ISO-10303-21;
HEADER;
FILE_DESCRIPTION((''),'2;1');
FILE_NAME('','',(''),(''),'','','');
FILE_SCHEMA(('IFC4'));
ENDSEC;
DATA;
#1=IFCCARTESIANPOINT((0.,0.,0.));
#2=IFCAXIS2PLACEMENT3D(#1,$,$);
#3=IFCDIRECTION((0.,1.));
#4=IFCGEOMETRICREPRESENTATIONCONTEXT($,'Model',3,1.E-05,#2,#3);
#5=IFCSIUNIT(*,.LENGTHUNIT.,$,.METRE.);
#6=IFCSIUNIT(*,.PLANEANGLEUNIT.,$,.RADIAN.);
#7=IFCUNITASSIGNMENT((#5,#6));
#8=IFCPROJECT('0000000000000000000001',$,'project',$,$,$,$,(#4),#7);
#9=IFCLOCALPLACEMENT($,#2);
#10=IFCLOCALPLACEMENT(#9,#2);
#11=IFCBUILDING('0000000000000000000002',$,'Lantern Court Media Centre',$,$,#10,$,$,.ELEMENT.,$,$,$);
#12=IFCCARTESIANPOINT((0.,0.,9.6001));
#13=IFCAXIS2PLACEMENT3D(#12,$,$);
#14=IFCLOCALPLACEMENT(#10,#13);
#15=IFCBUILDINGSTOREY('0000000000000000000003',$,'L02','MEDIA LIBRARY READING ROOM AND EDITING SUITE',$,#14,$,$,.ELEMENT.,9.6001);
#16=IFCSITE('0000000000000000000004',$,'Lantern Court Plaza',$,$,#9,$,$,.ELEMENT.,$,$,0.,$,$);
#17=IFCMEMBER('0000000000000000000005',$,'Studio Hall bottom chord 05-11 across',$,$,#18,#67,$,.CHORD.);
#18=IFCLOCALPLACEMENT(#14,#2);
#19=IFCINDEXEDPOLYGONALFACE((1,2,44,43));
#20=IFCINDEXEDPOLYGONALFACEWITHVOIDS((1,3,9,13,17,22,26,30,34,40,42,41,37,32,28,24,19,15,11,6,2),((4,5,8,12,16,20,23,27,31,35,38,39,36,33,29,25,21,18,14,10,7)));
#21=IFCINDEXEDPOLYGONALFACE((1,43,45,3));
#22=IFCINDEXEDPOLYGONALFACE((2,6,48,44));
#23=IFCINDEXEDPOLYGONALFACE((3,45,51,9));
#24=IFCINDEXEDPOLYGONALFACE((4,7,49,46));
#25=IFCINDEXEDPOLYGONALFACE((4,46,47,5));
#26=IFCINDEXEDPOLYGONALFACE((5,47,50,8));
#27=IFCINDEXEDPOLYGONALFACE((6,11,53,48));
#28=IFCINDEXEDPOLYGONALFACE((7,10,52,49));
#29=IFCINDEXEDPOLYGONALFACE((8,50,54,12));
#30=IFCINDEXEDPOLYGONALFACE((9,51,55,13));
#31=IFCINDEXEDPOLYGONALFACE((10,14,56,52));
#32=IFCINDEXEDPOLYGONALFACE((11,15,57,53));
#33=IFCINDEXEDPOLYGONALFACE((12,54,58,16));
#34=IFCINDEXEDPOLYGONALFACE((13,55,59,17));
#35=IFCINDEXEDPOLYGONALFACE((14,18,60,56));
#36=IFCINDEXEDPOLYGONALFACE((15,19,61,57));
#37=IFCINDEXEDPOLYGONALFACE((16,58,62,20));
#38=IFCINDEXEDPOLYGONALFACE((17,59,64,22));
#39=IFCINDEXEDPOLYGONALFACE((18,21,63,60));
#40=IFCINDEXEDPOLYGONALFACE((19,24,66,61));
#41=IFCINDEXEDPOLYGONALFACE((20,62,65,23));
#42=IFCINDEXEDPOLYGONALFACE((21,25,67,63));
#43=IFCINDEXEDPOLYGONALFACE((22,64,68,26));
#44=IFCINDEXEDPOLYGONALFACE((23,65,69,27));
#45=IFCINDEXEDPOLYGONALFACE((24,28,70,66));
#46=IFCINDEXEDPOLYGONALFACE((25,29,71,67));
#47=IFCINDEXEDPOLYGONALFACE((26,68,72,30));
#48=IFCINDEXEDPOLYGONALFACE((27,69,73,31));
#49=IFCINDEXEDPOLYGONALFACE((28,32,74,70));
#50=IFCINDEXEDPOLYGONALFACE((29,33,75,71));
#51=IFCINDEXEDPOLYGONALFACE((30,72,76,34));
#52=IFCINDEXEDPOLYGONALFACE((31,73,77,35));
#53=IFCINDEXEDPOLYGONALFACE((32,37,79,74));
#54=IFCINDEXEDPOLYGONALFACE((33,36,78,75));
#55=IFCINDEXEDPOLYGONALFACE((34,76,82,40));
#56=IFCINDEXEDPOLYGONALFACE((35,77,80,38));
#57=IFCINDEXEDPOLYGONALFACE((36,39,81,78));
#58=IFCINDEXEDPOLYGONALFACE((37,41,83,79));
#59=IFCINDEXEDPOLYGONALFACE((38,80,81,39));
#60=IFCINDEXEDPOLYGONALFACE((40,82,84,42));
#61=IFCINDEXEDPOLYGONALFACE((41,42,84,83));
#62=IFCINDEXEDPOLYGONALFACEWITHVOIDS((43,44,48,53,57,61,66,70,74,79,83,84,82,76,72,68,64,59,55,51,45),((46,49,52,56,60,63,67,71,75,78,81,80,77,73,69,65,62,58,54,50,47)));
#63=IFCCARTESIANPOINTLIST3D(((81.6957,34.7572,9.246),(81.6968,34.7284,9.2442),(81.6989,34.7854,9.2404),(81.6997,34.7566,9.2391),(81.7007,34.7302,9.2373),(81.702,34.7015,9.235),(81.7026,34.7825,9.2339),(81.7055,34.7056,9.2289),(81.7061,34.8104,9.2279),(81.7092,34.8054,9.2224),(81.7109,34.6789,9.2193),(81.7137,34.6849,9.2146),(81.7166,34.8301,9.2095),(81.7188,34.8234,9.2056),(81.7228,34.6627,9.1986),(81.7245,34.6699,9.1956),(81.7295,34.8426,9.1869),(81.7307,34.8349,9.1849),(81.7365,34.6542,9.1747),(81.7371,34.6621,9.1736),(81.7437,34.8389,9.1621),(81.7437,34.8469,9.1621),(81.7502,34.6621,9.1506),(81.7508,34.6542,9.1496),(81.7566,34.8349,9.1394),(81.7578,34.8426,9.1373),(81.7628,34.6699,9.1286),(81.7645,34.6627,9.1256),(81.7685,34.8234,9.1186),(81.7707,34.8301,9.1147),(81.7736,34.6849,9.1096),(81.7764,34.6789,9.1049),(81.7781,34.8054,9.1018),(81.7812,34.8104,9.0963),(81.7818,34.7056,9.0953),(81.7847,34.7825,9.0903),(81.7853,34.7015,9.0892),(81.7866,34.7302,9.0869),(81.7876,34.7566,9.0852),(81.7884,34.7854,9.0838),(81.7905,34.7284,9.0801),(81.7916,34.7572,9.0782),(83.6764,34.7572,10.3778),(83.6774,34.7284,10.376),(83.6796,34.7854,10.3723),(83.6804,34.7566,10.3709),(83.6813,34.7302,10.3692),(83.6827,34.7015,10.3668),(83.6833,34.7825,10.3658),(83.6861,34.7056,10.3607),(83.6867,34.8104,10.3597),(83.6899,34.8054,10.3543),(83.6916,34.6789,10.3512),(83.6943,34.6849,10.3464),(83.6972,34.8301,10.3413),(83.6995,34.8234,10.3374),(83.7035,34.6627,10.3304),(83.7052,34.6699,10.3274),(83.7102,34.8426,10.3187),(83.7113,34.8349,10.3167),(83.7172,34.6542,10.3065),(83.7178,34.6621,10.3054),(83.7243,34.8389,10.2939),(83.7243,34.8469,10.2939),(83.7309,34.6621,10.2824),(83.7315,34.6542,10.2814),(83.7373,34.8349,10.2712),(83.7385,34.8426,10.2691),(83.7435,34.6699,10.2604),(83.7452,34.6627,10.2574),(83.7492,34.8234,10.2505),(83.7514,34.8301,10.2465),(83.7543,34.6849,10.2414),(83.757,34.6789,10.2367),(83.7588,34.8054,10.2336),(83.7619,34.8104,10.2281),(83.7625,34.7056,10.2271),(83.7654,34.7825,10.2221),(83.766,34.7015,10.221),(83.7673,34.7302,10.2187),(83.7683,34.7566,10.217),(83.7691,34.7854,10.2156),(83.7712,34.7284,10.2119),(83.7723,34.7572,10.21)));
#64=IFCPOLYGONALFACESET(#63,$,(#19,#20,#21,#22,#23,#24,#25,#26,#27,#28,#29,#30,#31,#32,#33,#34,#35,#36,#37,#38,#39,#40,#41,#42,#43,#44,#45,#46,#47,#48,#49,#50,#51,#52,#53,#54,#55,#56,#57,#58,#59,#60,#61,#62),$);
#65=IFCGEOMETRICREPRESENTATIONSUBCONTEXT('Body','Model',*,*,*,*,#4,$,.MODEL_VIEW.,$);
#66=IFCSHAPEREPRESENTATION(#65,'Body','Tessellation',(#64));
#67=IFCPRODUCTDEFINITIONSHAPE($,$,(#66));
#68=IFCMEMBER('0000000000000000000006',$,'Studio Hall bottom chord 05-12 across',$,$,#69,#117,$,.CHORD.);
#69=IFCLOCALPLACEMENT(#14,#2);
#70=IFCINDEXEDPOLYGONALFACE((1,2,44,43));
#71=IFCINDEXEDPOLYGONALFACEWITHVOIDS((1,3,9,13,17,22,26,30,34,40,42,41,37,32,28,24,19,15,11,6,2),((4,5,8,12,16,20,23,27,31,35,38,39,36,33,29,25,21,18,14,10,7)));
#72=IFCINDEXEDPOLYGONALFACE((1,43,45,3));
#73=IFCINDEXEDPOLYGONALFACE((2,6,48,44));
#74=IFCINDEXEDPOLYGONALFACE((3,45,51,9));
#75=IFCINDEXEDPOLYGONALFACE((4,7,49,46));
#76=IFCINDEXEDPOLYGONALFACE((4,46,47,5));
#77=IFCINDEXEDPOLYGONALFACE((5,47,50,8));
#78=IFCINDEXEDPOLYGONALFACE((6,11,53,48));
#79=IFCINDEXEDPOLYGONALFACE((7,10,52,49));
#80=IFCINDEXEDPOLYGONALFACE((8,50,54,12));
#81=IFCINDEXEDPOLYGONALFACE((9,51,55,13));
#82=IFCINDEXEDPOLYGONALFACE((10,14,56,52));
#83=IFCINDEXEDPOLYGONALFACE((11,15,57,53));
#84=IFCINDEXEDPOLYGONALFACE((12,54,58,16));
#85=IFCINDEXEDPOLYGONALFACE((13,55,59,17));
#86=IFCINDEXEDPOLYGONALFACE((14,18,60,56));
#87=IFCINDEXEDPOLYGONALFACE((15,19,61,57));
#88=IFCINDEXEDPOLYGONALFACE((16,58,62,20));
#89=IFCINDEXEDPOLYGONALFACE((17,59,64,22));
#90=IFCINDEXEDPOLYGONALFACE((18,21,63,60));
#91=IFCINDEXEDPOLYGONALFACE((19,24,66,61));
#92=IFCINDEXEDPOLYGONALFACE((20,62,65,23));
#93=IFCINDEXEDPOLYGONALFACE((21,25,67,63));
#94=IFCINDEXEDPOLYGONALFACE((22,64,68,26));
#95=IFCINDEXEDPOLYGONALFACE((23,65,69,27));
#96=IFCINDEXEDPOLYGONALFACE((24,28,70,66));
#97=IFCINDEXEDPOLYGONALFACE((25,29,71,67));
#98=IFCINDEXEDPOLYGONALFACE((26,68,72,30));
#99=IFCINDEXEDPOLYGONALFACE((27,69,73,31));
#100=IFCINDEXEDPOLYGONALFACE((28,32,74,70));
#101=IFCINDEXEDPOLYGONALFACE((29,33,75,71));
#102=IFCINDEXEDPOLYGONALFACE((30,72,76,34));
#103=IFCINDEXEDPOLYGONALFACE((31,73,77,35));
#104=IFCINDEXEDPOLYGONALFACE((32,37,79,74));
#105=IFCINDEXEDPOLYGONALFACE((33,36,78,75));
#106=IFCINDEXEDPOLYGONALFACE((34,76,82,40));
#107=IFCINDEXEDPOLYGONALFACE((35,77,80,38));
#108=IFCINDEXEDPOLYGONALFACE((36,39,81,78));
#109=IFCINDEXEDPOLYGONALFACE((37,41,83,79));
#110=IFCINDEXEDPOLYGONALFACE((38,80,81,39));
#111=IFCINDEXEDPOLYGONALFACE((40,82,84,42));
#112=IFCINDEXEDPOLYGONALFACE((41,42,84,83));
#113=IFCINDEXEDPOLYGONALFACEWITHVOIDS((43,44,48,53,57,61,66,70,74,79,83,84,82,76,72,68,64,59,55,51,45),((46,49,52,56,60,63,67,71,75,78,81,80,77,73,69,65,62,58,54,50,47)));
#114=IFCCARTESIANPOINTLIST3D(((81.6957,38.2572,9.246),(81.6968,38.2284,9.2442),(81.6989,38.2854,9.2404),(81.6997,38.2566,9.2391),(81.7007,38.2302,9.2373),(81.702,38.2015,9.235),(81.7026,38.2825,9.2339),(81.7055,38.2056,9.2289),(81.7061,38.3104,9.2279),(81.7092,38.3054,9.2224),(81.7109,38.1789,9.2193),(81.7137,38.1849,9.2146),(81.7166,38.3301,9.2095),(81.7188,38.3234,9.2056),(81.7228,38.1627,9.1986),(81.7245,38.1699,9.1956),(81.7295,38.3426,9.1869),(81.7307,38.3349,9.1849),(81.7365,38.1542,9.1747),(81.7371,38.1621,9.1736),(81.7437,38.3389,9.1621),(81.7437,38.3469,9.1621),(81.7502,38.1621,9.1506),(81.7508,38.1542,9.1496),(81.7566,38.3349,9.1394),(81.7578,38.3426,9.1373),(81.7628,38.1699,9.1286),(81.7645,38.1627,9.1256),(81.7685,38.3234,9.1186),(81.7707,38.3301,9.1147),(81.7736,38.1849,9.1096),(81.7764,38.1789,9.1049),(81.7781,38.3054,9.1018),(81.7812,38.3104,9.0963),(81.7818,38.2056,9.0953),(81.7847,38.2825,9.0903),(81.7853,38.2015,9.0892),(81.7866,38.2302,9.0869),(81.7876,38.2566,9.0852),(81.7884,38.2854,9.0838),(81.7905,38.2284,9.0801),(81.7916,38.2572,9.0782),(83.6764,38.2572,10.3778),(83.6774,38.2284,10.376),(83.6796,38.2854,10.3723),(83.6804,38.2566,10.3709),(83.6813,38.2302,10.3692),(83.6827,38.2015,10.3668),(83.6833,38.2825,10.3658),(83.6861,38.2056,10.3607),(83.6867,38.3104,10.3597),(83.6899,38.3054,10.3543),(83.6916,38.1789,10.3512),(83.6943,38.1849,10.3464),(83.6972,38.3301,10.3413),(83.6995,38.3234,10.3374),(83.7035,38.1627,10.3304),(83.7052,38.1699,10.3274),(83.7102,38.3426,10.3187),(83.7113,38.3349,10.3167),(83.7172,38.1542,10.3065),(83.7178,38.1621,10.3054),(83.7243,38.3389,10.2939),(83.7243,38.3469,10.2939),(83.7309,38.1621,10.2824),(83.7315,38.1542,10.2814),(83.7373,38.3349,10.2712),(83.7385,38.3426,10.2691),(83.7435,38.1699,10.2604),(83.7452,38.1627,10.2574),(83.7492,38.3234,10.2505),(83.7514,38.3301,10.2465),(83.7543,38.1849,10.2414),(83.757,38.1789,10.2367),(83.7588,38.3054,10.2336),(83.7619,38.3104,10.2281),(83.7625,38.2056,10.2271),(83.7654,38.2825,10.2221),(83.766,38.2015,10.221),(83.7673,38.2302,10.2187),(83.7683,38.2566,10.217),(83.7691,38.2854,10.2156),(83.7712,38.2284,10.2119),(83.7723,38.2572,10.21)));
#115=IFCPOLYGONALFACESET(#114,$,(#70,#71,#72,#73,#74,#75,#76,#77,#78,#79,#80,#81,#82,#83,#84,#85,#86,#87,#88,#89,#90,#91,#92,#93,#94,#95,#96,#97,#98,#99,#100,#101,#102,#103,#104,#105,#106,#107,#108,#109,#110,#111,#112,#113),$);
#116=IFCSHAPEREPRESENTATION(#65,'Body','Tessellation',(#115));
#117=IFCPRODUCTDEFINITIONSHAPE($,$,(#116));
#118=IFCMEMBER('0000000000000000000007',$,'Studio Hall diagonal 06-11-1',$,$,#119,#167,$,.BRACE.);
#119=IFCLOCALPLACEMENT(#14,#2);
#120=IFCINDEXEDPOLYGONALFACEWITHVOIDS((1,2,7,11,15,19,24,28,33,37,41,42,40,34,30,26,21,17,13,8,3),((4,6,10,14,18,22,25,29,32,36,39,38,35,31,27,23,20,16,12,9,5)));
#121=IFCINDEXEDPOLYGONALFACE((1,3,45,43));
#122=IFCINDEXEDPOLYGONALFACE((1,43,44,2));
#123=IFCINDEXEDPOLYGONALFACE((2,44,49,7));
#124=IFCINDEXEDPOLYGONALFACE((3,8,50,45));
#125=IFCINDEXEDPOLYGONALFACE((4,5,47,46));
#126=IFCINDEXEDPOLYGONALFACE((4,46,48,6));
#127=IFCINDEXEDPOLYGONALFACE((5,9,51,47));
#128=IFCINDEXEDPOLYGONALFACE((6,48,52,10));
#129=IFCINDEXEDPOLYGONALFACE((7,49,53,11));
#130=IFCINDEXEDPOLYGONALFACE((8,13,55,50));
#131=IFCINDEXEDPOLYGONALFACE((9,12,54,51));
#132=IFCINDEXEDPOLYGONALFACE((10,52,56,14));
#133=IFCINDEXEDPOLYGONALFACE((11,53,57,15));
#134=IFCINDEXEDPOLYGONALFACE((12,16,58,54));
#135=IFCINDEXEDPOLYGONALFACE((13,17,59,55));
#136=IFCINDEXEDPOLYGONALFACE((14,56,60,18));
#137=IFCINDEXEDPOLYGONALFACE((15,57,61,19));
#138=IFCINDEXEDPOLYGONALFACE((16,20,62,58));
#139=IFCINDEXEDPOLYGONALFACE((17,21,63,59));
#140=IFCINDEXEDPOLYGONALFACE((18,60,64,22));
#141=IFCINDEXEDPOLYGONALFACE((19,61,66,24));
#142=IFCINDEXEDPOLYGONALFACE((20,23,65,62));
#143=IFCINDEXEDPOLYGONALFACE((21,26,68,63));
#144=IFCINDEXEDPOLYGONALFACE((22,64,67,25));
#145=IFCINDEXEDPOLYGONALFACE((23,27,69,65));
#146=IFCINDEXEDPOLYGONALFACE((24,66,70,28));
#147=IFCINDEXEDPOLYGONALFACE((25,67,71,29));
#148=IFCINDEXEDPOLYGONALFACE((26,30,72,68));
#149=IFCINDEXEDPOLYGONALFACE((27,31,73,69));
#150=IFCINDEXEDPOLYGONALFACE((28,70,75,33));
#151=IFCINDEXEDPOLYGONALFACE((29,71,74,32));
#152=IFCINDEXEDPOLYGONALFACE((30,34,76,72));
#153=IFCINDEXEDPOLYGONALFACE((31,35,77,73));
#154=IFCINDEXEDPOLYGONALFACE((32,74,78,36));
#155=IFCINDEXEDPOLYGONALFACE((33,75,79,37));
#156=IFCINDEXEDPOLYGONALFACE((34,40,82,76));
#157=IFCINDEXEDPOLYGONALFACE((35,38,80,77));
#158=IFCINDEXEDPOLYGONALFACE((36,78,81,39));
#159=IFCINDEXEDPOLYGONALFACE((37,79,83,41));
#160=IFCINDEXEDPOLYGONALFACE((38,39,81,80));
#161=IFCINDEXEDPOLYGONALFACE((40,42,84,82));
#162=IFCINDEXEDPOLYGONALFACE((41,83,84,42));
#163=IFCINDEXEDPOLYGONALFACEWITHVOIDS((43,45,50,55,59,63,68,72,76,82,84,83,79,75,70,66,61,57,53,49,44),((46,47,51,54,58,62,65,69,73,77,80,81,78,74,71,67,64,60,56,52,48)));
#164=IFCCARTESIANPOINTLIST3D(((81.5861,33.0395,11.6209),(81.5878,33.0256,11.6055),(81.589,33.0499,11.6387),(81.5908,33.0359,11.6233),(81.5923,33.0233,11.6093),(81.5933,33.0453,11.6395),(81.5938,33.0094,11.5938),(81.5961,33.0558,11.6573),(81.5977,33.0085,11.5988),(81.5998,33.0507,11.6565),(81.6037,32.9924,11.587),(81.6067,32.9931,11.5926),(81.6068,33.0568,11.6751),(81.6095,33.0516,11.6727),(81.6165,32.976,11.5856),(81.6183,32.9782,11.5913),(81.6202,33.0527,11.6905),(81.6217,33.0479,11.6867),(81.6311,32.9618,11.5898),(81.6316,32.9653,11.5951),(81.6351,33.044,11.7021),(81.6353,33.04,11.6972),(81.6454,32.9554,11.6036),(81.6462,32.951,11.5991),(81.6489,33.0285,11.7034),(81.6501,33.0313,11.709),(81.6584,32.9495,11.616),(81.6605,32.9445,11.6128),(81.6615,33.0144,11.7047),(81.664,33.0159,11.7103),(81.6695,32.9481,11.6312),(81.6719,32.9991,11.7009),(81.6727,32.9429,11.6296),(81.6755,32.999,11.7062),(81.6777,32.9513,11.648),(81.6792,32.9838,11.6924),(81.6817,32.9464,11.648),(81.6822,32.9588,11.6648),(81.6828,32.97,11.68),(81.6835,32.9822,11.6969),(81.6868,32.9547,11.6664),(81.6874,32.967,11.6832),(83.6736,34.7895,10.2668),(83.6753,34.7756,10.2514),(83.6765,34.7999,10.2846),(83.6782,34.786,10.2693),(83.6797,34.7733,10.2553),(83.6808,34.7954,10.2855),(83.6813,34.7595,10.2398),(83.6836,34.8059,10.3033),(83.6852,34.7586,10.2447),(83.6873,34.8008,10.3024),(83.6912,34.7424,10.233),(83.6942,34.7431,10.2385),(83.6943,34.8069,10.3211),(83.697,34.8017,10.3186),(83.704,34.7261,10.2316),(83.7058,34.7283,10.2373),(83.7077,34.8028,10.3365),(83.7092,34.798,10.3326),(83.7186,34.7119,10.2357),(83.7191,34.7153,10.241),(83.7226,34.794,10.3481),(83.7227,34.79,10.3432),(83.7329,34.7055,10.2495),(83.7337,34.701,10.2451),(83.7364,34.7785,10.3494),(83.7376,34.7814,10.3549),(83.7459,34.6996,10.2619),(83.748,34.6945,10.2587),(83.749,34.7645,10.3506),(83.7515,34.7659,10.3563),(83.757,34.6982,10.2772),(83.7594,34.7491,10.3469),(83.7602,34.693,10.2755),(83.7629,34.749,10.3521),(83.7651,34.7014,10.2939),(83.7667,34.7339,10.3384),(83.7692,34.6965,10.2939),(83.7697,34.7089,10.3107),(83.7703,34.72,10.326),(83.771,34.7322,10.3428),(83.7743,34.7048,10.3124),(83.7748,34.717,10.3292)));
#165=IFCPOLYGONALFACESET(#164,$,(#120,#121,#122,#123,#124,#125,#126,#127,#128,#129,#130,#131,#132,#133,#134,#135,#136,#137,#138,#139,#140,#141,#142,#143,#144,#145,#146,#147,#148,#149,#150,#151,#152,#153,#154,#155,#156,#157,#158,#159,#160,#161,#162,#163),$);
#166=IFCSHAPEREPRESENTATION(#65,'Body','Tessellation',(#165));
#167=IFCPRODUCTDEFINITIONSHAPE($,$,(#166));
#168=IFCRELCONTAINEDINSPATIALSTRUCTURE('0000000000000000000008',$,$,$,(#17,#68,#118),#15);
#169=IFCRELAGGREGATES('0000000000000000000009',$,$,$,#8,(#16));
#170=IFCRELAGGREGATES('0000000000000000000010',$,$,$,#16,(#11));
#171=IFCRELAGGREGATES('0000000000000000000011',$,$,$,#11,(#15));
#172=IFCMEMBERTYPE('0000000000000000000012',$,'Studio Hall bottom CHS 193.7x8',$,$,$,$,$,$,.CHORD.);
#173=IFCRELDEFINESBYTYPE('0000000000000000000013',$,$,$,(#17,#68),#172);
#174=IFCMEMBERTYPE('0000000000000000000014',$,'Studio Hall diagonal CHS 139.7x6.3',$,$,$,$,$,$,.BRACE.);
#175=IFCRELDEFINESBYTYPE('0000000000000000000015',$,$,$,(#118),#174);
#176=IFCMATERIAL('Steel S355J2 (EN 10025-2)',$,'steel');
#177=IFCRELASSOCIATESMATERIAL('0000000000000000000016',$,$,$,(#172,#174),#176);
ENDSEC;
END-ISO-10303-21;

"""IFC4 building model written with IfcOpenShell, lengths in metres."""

from ifc_helpers import new_model, si_unit, direction, frame, origin, origin_2d, place, context, subcontext, project, spatial, hollow_circle, extrude, material, material_profile, profile_set, type_object, element, save


model = new_model("IFC4")

# Units and contexts
model_context = context("Model", 3, precision=1e-05, world=origin(), true_north=direction((0.0, 1.0)))
body_context = subcontext(model_context, "Body", "Model", "MODEL_VIEW")
ifc_project = project(units=[si_unit("LENGTHUNIT", "METRE"), si_unit("PLANEANGLEUNIT", "RADIAN")], contexts=[model_context])

# Site, building, storey
site_placement = place(None, origin())
site = spatial("IfcSite", under=ifc_project, at=site_placement, Name="Lantern Court Plaza", CompositionType="ELEMENT", RefElevation=0.0)
building_placement = place(site_placement, origin())
building = spatial("IfcBuilding", under=site, at=building_placement, Name="Lantern Court Media Centre", CompositionType="ELEMENT")
storey_placement = place(building_placement, frame((0.0, 0.0, 9.6001)))
storey = spatial("IfcBuildingStorey", under=building, at=storey_placement, Name="L02", Description="MEDIA LIBRARY READING ROOM AND EDITING SUITE", CompositionType="ELEMENT", Elevation=9.6001)

# Members
ifc_material = material(Name="Steel S355J2 (EN 10025-2)", Category="steel")
ifc_material_profile_1 = material_profile(ifc_material, hollow_circle(Radius=0.0969, WallThickness=0.0081, at=origin_2d()), Name="Studio Hall bottom CHS 193.7x8")
ifc_profile_set_1 = profile_set([ifc_material_profile_1], Name="Steel S355J2 (EN 10025-2)")
member_type_1 = type_object("IfcMemberType", Name="Studio Hall bottom CHS 193.7x8", PredefinedType="CHORD", material=ifc_profile_set_1)
for number, where, z_axis, x_axis, name in (
    (1, (81.7437, 34.75, 9.1621), (0.868243, 0.0, 0.496139), (0.0, 1.0, 0.0), "Studio Hall bottom chord 05-11 across"),
    (2, (81.7437, 38.25, 9.1621), (0.868243, 0.0, 0.496139), (0.0, 1.0, 0.0), "Studio Hall bottom chord 05-12 across"),
):
    element("IfcMember", number, at=place(storey_placement, frame(where, z_axis=z_axis, x_axis=x_axis)), inside=storey, type_object=member_type_1, Name=name, PredefinedType="CHORD", context=body_context, shape_type="SweptSolid", body=[
        extrude(hollow_circle(Radius=0.0969, WallThickness=0.0081, at=origin_2d()), origin(), (0.0, 0.0, 1.0), 2.2812),
    ])
ifc_material_profile_2 = material_profile(ifc_material, hollow_circle(Radius=0.0698, WallThickness=0.0063, at=origin_2d()), Name="Studio Hall diagonal CHS 139.7x6.3")
ifc_profile_set_2 = profile_set([ifc_material_profile_2], Name="Steel S355J2 (EN 10025-2)")
member_type_2 = type_object("IfcMemberType", Name="Studio Hall diagonal CHS 139.7x6.3", PredefinedType="BRACE", material=ifc_profile_set_2)
for number, where, z_axis, x_axis, name in (
    (3, (83.7244, 34.75, 10.2939), (-0.68622, -0.575301, 0.44512), (0.642456, -0.766322, 0.0), "Studio Hall diagonal 06-11-1"),
):
    element("IfcMember", number, at=place(storey_placement, frame(where, z_axis=z_axis, x_axis=x_axis)), inside=storey, type_object=member_type_2, Name=name, PredefinedType="BRACE", context=body_context, shape_type="SweptSolid", body=[
        extrude(hollow_circle(Radius=0.0698, WallThickness=0.0063, at=origin_2d()), origin(), (0.0, 0.0, 1.0), 3.042),
    ])

save(model, "model.ifc")
